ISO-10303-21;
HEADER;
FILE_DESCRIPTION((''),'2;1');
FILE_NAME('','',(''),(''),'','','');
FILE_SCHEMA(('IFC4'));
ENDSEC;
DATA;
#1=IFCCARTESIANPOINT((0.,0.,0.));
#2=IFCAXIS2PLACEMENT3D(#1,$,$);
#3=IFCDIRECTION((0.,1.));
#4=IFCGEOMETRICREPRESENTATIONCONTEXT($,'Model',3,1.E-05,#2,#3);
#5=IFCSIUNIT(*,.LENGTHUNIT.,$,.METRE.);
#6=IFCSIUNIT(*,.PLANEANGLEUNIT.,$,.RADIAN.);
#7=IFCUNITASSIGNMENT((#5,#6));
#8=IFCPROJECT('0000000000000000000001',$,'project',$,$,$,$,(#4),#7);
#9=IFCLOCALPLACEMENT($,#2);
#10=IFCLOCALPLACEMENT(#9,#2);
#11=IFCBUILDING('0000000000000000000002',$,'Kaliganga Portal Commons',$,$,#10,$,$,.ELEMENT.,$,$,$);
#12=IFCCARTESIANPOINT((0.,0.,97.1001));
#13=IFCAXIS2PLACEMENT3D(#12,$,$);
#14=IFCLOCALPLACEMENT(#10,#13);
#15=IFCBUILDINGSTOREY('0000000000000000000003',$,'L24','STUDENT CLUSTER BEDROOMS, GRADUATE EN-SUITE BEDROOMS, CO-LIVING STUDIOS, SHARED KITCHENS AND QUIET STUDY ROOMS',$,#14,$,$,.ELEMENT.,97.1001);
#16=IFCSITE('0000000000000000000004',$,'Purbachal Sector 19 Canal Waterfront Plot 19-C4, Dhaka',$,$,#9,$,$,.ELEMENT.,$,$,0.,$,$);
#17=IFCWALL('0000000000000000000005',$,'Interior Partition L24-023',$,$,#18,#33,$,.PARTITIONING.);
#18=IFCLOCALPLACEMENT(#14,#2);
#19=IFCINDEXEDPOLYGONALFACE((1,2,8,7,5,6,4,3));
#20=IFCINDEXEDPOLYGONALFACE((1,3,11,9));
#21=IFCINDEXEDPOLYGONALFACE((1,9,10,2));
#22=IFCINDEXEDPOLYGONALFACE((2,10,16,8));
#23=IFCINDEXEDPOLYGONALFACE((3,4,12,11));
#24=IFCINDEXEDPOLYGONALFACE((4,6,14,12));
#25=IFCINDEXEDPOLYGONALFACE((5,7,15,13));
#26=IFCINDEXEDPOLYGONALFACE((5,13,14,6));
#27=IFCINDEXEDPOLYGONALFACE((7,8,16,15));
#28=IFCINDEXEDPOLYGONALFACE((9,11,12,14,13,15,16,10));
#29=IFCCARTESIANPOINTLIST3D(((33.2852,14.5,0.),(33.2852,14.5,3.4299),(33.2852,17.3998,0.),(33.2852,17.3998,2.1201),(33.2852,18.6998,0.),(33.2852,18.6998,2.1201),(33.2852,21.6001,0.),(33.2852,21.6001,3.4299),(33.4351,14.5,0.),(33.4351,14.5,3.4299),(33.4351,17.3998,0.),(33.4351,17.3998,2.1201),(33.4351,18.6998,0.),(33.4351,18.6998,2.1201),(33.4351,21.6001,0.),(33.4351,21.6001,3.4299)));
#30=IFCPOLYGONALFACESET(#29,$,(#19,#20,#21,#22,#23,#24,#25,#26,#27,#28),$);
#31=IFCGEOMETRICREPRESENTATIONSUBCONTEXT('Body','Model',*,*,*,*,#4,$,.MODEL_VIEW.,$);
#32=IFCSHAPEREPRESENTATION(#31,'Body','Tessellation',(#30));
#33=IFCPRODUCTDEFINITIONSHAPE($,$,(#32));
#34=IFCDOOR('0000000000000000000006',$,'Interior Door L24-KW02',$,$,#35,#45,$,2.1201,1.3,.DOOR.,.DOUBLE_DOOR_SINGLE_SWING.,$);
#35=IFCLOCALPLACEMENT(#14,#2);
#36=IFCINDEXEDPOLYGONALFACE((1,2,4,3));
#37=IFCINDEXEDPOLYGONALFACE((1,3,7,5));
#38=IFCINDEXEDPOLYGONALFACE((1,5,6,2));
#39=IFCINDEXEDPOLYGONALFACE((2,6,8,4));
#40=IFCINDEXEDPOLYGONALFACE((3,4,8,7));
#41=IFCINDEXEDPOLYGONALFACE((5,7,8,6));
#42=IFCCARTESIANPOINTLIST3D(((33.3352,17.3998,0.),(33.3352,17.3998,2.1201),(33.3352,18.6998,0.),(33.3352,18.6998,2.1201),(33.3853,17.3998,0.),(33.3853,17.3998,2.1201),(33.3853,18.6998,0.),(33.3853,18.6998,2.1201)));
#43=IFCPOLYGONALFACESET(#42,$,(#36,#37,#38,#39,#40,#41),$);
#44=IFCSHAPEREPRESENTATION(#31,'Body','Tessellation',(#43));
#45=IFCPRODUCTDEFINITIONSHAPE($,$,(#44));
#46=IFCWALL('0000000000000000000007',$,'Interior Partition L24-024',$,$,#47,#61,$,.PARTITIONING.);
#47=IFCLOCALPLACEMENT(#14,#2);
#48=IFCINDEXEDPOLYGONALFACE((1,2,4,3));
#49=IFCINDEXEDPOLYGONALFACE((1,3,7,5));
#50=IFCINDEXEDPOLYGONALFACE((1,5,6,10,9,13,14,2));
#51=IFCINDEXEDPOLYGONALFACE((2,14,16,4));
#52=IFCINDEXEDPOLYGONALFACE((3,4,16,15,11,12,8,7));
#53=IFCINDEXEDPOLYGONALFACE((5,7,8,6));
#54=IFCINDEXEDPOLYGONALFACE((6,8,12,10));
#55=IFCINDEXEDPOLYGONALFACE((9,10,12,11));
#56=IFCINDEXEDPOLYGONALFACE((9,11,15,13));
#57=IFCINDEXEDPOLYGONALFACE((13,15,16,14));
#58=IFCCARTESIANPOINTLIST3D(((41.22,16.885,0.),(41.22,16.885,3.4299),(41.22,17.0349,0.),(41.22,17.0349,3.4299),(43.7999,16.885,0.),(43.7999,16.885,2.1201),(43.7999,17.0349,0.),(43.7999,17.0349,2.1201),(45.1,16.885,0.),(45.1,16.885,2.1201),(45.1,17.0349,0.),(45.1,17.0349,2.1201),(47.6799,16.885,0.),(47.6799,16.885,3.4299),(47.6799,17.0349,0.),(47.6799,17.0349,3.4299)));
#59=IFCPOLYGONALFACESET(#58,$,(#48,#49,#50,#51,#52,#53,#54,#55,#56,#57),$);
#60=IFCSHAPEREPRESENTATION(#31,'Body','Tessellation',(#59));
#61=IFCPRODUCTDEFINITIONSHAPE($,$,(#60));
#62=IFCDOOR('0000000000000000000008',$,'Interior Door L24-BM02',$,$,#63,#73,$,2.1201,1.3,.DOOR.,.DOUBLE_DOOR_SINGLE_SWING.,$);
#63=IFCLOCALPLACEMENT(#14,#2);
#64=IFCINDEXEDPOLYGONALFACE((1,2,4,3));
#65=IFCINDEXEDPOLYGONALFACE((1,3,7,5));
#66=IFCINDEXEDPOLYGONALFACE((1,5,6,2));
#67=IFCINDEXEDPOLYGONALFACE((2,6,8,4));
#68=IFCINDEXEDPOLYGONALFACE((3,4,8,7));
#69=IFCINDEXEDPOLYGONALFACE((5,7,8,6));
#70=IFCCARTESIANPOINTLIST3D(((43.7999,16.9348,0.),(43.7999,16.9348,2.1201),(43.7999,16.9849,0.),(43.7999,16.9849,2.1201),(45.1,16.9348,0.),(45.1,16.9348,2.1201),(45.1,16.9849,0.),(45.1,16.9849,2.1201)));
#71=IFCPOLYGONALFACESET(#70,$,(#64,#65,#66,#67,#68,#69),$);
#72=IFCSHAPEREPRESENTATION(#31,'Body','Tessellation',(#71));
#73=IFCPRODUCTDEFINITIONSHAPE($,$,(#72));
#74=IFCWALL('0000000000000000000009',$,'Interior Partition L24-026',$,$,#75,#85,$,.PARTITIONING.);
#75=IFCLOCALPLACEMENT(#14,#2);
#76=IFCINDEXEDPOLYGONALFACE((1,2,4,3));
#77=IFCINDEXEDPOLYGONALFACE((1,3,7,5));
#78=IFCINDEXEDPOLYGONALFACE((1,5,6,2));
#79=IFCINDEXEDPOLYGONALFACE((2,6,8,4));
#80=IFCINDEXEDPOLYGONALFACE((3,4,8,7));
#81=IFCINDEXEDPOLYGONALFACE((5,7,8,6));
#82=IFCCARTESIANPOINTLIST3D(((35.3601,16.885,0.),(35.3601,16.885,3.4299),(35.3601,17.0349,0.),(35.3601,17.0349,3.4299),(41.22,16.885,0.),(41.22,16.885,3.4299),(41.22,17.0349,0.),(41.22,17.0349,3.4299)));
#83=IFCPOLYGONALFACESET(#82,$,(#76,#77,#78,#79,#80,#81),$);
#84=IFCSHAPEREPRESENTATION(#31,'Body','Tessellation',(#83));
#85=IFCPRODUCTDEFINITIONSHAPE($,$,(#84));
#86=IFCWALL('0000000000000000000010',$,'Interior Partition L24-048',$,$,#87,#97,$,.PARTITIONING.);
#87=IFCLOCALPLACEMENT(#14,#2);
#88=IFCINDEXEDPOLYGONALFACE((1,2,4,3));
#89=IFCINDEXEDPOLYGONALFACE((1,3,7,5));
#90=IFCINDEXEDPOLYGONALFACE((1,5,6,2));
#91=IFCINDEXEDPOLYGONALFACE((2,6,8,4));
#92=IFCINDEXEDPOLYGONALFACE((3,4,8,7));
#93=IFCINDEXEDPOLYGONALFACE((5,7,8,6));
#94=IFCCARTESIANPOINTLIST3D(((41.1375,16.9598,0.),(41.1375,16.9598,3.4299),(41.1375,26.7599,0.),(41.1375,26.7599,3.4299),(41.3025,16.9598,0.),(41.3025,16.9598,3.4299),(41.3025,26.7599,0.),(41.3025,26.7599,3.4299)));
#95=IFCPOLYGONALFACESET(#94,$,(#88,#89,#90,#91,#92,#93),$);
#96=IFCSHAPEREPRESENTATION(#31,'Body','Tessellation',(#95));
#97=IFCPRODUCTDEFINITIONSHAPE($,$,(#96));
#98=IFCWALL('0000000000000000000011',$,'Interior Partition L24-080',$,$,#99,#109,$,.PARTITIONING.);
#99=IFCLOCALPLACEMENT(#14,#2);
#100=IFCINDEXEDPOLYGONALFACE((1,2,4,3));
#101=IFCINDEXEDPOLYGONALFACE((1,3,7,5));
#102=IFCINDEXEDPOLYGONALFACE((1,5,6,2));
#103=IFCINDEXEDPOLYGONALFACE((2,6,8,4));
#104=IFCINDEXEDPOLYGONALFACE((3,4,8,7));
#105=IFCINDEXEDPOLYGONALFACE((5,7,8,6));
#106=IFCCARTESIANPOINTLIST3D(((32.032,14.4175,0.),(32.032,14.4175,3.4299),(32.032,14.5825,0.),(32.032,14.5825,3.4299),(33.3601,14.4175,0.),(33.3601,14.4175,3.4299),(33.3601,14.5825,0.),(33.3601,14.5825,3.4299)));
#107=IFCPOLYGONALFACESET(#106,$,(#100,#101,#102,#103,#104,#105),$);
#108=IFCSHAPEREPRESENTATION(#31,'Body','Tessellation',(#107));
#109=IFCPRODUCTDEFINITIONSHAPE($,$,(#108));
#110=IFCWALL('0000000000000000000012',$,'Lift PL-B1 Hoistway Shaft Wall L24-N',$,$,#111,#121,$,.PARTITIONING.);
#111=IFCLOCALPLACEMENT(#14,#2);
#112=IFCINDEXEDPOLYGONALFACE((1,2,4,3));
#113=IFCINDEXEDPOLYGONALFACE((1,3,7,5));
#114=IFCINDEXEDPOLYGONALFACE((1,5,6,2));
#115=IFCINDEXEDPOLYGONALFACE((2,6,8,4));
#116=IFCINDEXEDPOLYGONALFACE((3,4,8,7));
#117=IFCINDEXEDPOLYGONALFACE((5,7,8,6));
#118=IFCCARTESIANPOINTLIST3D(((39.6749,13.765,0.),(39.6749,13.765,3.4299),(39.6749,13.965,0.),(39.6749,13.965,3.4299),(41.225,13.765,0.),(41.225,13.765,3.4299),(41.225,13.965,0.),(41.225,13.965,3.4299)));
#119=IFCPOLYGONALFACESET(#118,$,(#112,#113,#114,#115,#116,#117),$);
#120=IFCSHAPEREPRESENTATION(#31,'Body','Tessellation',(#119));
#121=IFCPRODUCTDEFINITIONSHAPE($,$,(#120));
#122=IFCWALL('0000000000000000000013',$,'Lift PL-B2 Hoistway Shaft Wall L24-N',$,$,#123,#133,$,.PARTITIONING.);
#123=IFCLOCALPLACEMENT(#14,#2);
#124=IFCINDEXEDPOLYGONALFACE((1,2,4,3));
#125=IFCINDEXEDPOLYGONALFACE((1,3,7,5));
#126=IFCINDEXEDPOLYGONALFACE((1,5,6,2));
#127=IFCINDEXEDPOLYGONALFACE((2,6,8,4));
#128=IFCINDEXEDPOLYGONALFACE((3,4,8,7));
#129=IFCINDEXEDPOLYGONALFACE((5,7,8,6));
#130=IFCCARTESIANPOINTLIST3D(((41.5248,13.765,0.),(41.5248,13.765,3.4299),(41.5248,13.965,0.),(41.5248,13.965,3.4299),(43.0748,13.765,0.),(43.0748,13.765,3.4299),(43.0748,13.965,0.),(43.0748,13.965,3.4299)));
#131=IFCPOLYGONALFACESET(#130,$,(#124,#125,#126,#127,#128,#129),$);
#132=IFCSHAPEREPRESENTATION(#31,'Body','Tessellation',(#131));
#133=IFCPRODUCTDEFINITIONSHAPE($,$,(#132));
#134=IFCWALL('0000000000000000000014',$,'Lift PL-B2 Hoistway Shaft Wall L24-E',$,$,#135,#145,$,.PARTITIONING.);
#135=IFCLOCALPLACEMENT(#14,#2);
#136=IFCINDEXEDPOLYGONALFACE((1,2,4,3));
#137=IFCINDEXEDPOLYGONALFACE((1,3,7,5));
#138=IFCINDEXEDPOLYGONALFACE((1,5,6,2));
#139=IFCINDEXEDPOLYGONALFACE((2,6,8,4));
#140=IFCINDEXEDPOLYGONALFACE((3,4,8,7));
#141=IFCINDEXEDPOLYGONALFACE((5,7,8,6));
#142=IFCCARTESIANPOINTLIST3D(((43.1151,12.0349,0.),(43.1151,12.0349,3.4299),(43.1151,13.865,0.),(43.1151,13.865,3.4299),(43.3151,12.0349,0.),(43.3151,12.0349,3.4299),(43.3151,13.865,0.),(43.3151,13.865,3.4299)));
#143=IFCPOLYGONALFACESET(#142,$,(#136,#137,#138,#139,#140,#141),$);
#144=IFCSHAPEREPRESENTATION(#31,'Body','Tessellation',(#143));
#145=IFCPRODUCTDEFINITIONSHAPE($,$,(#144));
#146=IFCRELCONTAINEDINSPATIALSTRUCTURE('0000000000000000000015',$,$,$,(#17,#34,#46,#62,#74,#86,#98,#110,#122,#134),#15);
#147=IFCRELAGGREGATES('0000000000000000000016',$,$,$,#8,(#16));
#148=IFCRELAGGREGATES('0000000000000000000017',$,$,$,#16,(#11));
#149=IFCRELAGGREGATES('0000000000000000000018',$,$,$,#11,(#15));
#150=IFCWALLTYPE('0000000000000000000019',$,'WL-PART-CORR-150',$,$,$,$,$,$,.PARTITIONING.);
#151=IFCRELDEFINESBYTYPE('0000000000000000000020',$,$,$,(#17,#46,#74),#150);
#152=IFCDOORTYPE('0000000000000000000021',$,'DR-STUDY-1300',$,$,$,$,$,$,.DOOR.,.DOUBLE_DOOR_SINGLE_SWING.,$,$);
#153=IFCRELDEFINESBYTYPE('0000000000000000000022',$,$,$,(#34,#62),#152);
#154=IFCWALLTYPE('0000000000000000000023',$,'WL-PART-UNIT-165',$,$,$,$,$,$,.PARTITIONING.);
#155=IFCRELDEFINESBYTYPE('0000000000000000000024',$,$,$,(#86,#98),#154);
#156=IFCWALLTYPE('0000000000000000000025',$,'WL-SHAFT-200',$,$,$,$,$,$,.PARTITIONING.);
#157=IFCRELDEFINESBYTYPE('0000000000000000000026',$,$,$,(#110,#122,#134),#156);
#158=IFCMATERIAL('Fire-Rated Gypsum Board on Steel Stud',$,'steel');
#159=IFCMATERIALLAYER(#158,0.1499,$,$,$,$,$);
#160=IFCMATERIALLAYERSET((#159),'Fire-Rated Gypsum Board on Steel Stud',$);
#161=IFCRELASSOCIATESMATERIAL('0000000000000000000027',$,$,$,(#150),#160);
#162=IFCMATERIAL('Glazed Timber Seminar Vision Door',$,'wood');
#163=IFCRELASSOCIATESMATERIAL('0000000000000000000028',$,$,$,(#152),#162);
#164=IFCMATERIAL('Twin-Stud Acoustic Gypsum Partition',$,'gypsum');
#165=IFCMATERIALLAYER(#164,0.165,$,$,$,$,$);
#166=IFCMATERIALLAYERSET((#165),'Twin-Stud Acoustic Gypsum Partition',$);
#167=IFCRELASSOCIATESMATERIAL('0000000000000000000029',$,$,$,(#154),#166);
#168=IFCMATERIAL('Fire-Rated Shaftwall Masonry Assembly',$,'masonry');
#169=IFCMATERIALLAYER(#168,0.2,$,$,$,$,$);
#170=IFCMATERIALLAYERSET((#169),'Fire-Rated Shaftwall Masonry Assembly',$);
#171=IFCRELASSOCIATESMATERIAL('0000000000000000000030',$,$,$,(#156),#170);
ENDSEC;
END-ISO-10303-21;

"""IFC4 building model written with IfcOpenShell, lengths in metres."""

from ifc_helpers import new_model, si_unit, direction, frame, frame_2d, origin, place, context, subcontext, project, spatial, rectangle, extrude, material, layer, layer_set, type_object, element, fill, save


model = new_model("IFC4")

# Units and contexts
model_context = context("Model", 3, precision=1e-05, world=origin(), true_north=direction((0.0, 1.0)))
body_context = subcontext(model_context, "Body", "Model", "MODEL_VIEW")
ifc_project = project(units=[si_unit("LENGTHUNIT", "METRE"), si_unit("PLANEANGLEUNIT", "RADIAN")], contexts=[model_context])

# Site, building, storey
site_placement = place(None, origin())
site = spatial("IfcSite", under=ifc_project, at=site_placement, Name="Purbachal Sector 19 Canal Waterfront Plot 19-C4, Dhaka", CompositionType="ELEMENT", RefElevation=0.0)
building_placement = place(site_placement, origin())
building = spatial("IfcBuilding", under=site, at=building_placement, Name="Kaliganga Portal Commons", CompositionType="ELEMENT")
storey_placement = place(building_placement, frame((0.0, 0.0, 97.1001)))
storey = spatial("IfcBuildingStorey", under=building, at=storey_placement, Name="L24", Description="STUDENT CLUSTER BEDROOMS, GRADUATE EN-SUITE BEDROOMS, CO-LIVING STUDIOS, SHARED KITCHENS AND QUIET STUDY ROOMS", CompositionType="ELEMENT", Elevation=97.1001)

# Walls, openings, doors
ifc_material_1 = material(Name="Fire-Rated Gypsum Board on Steel Stud", Category="steel")
ifc_layer_1 = layer(ifc_material_1, 0.1499)
ifc_layer_set_1 = layer_set([ifc_layer_1], Name="Fire-Rated Gypsum Board on Steel Stud")
wall_type_1 = type_object("IfcWallType", Name="WL-PART-CORR-150", PredefinedType="PARTITIONING", material=ifc_layer_set_1)
ifc_material_2 = material(Name="Glazed Timber Seminar Vision Door", Category="wood")
door_type_1 = type_object("IfcDoorType", Name="DR-STUDY-1300", OperationType="DOUBLE_DOOR_SINGLE_SWING", PredefinedType="DOOR", material=ifc_material_2)
wall_1_placement = place(storey_placement, frame((33.3601, 14.5, 0.0), z_axis=(0.0, 0.0, 1.0), x_axis=(0.0, 1.0, 0.0)))
wall_1 = element("IfcWall", 1, at=wall_1_placement, inside=storey, type_object=wall_type_1, Name="Interior Partition L24-023", PredefinedType="PARTITIONING", context=body_context, shape_type="SweptSolid", body=[
    extrude(rectangle(XDim=7.1001, YDim=0.1499, at=frame_2d((3.55, 0.0))), origin(), (0.0, 0.0, 1.0), 3.4299),
])
opening_1_placement = place(wall_1_placement, frame((2.8999, 0.0, 0.0)))
opening_1 = element("IfcOpeningElement", 2, at=opening_1_placement, cuts=wall_1, PredefinedType="OPENING", context=body_context, shape_type="SweptSolid", body=[
    extrude(rectangle(XDim=1.3, YDim=2.1201, at=frame_2d((0.6499, 1.0601))), frame((0.0, 0.085, 0.0), z_axis=(0.0, -1.0, 0.0), x_axis=(1.0, 0.0, 0.0)), (0.0, 0.0, 1.0), 0.1699),
])
door_1_placement = place(opening_1_placement, origin())
door_1 = element("IfcDoor", 3, at=door_1_placement, inside=storey, type_object=door_type_1, Name="Interior Door L24-KW02", OperationType="DOUBLE_DOOR_SINGLE_SWING", OverallHeight=2.1201, OverallWidth=1.3, PredefinedType="DOOR", context=body_context, shape_type="SweptSolid", body=[
    extrude(rectangle(XDim=1.3, YDim=2.1201, at=frame_2d((0.6499, 1.0601))), frame((0.0, 0.0249, 0.0), z_axis=(0.0, -1.0, 0.0), x_axis=(1.0, 0.0, 0.0)), (0.0, 0.0, 1.0), 0.05),
])
fill(opening_1, door_1)
wall_2_placement = place(storey_placement, frame((41.22, 16.96, 0.0), z_axis=(0.0, 0.0, 1.0), x_axis=(1.0, 0.0, 0.0)))
wall_2 = element("IfcWall", 4, at=wall_2_placement, inside=storey, type_object=wall_type_1, Name="Interior Partition L24-024", PredefinedType="PARTITIONING", context=body_context, shape_type="SweptSolid", body=[
    extrude(rectangle(XDim=6.46, YDim=0.1499, at=frame_2d((3.23, 0.0))), origin(), (0.0, 0.0, 1.0), 3.4299),
])
opening_2_placement = place(wall_2_placement, frame((2.5801, 0.0, 0.0)))
opening_2 = element("IfcOpeningElement", 5, at=opening_2_placement, cuts=wall_2, PredefinedType="OPENING", context=body_context, shape_type="SweptSolid", body=[
    extrude(rectangle(XDim=1.3, YDim=2.1201, at=frame_2d((0.6499, 1.0601))), frame((0.0, 0.085, 0.0), z_axis=(0.0, -1.0, 0.0), x_axis=(1.0, 0.0, 0.0)), (0.0, 0.0, 1.0), 0.1699),
])
door_2_placement = place(opening_2_placement, origin())
door_2 = element("IfcDoor", 6, at=door_2_placement, inside=storey, type_object=door_type_1, Name="Interior Door L24-BM02", OperationType="DOUBLE_DOOR_SINGLE_SWING", OverallHeight=2.1201, OverallWidth=1.3, PredefinedType="DOOR", context=body_context, shape_type="SweptSolid", body=[
    extrude(rectangle(XDim=1.3, YDim=2.1201, at=frame_2d((0.6499, 1.0601))), frame((0.0, 0.0249, 0.0), z_axis=(0.0, -1.0, 0.0), x_axis=(1.0, 0.0, 0.0)), (0.0, 0.0, 1.0), 0.05),
])
fill(opening_2, door_2)

# Walls
wall_3_placement = place(storey_placement, frame((35.3601, 16.96, 0.0), z_axis=(0.0, 0.0, 1.0), x_axis=(1.0, 0.0, 0.0)))
element("IfcWall", 7, at=wall_3_placement, inside=storey, type_object=wall_type_1, Name="Interior Partition L24-026", PredefinedType="PARTITIONING", context=body_context, shape_type="SweptSolid", body=[
    extrude(rectangle(XDim=5.8599, YDim=0.1499, at=frame_2d((2.9299, 0.0))), origin(), (0.0, 0.0, 1.0), 3.4299),
])
ifc_material_3 = material(Name="Twin-Stud Acoustic Gypsum Partition", Category="gypsum")
ifc_layer_2 = layer(ifc_material_3, 0.165)
ifc_layer_set_2 = layer_set([ifc_layer_2], Name="Twin-Stud Acoustic Gypsum Partition")
wall_type_2 = type_object("IfcWallType", Name="WL-PART-UNIT-165", PredefinedType="PARTITIONING", material=ifc_layer_set_2)
wall_4_placement = place(storey_placement, frame((41.22, 16.96, 0.0), z_axis=(0.0, 0.0, 1.0), x_axis=(0.0, 1.0, 0.0)))
element("IfcWall", 8, at=wall_4_placement, inside=storey, type_object=wall_type_2, Name="Interior Partition L24-048", PredefinedType="PARTITIONING", context=body_context, shape_type="SweptSolid", body=[
    extrude(rectangle(XDim=9.8, YDim=0.165, at=frame_2d((4.8999, 0.0))), origin(), (0.0, 0.0, 1.0), 3.4299),
])
wall_5_placement = place(storey_placement, frame((32.032, 14.5, 0.0), z_axis=(0.0, 0.0, 1.0), x_axis=(1.0, 0.0, 0.0)))
element("IfcWall", 9, at=wall_5_placement, inside=storey, type_object=wall_type_2, Name="Interior Partition L24-080", PredefinedType="PARTITIONING", context=body_context, shape_type="SweptSolid", body=[
    extrude(rectangle(XDim=1.3281, YDim=0.165, at=frame_2d((0.6641, 0.0))), origin(), (0.0, 0.0, 1.0), 3.4299),
])
ifc_material_4 = material(Name="Fire-Rated Shaftwall Masonry Assembly", Category="masonry")
ifc_layer_3 = layer(ifc_material_4, 0.2)
ifc_layer_set_3 = layer_set([ifc_layer_3], Name="Fire-Rated Shaftwall Masonry Assembly")
wall_type_3 = type_object("IfcWallType", Name="WL-SHAFT-200", PredefinedType="PARTITIONING", material=ifc_layer_set_3)
for number, where, z_axis, x_axis, name in (
    (10, (39.675, 13.865, 0.0), (0.0, 0.0, 1.0), (1.0, 0.0, 0.0), "Lift PL-B1 Hoistway Shaft Wall L24-N"),
    (11, (41.5249, 13.865, 0.0), (0.0, 0.0, 1.0), (1.0, 0.0, 0.0), "Lift PL-B2 Hoistway Shaft Wall L24-N"),
):
    element("IfcWall", number, at=place(storey_placement, frame(where, z_axis=z_axis, x_axis=x_axis)), inside=storey, type_object=wall_type_3, Name=name, PredefinedType="PARTITIONING", context=body_context, shape_type="SweptSolid", body=[
        extrude(rectangle(XDim=1.55, YDim=0.2, at=frame_2d((0.7749, 0.0))), origin(), (0.0, 0.0, 1.0), 3.4299),
    ])
wall_6_placement = place(storey_placement, frame((43.2151, 12.0349, 0.0), z_axis=(0.0, 0.0, 1.0), x_axis=(0.0, 1.0, 0.0)))
element("IfcWall", 12, at=wall_6_placement, inside=storey, type_object=wall_type_3, Name="Lift PL-B2 Hoistway Shaft Wall L24-E", PredefinedType="PARTITIONING", context=body_context, shape_type="SweptSolid", body=[
    extrude(rectangle(XDim=1.8301, YDim=0.2, at=frame_2d((0.915, 0.0))), origin(), (0.0, 0.0, 1.0), 3.4299),
])

save(model, "model.ifc")
